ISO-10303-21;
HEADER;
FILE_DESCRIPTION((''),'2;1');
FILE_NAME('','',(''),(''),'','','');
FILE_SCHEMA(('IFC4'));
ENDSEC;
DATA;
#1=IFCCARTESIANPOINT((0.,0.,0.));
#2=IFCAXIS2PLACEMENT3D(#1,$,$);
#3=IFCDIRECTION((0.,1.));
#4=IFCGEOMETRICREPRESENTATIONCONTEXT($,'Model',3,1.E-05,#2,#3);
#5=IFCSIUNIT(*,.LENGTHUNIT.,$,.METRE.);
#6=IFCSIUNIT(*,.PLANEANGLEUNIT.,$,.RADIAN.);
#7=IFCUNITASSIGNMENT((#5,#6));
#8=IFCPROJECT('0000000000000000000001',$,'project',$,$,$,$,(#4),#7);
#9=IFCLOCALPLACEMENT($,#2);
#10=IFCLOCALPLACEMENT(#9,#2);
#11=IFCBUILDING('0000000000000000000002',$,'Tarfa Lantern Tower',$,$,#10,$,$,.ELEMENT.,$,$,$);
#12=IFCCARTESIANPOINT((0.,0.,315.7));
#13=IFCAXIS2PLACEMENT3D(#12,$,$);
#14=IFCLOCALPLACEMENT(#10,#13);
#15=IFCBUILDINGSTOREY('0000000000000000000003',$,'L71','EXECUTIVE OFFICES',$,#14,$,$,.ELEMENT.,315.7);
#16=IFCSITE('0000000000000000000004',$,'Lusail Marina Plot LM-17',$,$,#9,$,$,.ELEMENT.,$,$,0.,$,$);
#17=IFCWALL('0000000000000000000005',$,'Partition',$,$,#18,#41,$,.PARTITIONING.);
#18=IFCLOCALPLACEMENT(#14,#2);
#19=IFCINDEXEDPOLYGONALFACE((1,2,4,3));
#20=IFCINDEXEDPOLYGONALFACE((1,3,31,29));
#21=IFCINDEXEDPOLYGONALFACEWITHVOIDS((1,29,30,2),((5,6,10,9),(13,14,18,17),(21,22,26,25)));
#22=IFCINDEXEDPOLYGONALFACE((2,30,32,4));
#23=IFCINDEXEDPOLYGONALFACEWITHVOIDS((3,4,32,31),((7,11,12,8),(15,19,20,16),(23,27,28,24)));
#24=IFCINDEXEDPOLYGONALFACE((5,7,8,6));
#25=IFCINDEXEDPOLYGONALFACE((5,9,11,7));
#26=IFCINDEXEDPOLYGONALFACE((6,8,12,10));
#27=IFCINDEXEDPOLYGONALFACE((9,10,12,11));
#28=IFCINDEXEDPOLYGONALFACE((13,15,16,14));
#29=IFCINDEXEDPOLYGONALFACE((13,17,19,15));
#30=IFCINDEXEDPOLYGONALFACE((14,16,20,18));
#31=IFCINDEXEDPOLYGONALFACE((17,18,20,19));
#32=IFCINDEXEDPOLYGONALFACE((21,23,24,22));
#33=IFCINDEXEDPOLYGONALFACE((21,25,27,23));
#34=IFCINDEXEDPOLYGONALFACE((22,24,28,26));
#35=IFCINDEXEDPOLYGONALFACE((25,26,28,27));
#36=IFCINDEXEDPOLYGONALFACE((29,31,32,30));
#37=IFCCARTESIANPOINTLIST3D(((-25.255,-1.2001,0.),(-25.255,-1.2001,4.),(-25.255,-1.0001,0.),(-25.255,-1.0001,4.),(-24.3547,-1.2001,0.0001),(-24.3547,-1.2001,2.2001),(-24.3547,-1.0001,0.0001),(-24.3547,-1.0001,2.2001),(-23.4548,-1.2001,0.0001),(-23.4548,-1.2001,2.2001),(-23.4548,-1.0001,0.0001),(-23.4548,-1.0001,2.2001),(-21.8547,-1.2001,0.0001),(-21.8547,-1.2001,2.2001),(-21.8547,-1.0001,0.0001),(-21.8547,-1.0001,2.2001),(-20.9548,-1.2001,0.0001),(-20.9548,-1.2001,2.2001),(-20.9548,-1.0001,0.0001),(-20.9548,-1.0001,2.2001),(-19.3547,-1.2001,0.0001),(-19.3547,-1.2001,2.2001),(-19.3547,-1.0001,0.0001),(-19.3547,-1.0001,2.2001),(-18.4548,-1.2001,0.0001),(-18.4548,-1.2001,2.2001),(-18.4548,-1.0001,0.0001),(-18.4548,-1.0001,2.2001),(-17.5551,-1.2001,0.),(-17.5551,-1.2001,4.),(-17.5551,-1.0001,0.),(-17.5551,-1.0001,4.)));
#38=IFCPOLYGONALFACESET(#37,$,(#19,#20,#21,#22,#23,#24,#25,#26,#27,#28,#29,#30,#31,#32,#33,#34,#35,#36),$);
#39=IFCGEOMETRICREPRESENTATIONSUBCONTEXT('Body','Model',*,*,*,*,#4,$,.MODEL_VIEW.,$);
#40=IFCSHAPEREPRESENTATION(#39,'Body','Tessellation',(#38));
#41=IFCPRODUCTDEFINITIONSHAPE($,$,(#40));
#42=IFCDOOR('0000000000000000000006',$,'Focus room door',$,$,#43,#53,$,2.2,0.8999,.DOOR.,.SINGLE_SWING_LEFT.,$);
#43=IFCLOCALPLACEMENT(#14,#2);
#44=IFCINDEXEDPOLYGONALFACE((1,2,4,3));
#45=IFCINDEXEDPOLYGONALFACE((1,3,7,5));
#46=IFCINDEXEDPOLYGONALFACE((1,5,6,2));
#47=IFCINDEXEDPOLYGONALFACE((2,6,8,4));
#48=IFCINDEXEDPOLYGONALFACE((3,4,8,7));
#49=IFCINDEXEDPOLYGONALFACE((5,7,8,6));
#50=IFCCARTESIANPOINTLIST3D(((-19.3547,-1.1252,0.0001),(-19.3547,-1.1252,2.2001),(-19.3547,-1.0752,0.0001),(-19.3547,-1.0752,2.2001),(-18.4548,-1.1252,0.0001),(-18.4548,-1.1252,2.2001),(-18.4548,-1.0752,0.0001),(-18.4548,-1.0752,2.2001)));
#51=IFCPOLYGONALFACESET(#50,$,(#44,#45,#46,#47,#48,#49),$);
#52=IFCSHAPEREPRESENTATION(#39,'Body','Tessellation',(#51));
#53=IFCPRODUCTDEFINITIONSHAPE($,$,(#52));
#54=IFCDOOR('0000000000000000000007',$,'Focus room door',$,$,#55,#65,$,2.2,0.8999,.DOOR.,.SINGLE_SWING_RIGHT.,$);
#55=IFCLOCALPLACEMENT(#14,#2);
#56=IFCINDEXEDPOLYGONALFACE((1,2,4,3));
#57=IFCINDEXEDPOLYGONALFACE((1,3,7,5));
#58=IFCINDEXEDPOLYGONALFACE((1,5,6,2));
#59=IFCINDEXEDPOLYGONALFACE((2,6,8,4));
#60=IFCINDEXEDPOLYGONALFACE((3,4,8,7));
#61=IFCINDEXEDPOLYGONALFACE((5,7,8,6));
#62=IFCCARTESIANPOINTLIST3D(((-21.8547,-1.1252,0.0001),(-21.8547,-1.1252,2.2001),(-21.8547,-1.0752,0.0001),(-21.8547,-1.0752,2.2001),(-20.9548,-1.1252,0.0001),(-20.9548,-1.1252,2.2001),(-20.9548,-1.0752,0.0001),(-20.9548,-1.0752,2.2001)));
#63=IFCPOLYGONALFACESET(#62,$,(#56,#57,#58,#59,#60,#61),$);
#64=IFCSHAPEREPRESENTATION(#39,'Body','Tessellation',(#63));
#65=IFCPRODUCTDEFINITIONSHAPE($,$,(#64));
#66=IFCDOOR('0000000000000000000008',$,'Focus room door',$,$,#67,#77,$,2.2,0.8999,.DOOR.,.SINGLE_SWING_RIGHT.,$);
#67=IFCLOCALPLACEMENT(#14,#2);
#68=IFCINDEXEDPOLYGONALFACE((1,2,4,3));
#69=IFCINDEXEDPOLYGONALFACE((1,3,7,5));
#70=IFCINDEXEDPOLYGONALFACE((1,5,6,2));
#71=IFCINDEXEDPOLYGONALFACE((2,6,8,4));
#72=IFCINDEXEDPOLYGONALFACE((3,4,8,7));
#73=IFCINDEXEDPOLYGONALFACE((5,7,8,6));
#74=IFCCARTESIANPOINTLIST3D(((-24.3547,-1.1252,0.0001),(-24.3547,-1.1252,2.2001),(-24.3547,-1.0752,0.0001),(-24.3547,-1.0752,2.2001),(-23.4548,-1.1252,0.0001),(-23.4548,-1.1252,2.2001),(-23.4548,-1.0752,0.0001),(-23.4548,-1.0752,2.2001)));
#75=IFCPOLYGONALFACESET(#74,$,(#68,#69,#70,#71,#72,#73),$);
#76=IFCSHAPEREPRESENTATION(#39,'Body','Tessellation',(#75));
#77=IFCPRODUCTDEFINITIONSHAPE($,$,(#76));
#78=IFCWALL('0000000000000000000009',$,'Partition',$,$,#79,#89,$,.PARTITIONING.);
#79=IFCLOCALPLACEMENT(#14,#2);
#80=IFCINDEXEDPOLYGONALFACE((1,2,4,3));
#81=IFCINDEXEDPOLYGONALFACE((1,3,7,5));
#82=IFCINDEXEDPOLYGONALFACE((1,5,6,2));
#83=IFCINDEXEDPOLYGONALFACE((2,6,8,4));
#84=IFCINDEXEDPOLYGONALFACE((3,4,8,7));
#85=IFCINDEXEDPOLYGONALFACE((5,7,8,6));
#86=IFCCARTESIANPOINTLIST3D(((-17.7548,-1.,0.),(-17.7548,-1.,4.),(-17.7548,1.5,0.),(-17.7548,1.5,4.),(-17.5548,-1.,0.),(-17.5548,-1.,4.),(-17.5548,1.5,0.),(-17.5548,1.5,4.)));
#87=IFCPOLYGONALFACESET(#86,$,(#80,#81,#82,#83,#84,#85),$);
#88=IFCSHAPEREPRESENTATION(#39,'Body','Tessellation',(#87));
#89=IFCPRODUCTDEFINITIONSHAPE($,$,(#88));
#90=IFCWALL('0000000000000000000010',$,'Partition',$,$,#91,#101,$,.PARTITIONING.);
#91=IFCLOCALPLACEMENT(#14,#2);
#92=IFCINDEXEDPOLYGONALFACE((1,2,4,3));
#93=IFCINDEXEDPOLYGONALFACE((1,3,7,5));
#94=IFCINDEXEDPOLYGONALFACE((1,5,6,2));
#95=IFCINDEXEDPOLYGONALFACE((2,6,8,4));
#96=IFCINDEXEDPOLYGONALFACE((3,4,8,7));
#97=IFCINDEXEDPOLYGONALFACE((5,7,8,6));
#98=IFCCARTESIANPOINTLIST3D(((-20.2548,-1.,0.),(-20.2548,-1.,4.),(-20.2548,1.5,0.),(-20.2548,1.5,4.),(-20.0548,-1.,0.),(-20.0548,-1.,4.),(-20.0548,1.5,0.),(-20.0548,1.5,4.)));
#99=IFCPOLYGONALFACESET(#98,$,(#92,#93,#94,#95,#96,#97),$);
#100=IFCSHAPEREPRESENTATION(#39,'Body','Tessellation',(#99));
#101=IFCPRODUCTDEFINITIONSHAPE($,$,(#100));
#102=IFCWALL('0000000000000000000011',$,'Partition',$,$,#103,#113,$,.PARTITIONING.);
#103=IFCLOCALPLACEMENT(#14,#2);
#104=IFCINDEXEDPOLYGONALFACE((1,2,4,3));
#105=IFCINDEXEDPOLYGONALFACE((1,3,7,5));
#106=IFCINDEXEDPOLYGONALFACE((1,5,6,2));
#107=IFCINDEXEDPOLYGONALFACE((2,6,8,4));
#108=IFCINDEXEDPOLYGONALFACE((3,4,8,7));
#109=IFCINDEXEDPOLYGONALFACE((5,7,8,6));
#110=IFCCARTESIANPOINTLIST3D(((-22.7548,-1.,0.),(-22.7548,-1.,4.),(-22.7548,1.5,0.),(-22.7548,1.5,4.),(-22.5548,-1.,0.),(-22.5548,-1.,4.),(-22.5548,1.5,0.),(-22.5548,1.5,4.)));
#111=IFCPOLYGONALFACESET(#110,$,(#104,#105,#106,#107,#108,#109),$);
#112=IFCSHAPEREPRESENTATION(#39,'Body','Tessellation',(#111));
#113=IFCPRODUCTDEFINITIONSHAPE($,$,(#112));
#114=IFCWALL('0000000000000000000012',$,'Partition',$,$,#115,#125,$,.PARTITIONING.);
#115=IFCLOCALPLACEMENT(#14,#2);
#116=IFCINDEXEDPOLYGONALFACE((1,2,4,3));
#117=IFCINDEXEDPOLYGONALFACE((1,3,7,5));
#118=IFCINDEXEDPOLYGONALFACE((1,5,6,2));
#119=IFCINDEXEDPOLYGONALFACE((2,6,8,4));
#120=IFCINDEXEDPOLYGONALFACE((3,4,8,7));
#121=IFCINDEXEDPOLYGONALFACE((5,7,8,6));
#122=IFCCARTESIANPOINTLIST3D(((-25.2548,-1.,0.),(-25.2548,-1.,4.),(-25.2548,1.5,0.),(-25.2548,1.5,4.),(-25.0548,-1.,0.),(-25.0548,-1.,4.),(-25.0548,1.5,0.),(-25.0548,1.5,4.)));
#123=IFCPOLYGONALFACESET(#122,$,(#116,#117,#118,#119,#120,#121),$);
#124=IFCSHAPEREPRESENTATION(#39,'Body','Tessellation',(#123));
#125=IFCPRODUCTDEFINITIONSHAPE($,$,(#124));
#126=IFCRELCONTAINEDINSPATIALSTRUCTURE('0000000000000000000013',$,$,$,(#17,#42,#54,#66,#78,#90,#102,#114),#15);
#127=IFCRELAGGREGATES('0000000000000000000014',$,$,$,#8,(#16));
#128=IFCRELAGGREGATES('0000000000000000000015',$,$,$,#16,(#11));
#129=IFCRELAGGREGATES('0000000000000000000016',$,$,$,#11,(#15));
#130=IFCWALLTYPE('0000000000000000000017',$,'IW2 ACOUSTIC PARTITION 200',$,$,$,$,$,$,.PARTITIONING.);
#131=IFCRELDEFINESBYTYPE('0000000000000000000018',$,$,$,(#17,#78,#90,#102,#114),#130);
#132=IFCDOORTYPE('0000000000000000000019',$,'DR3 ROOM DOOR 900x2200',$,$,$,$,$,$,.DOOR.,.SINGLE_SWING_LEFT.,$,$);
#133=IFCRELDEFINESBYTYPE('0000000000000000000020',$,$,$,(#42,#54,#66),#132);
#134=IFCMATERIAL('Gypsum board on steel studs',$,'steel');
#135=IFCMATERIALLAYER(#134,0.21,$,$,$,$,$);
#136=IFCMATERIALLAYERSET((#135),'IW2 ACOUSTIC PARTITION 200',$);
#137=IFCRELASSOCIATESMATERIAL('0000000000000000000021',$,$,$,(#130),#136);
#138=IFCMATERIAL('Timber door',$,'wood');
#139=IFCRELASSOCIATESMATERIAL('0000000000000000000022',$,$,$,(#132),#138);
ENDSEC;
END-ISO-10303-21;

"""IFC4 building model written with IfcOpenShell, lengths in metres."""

from ifc_helpers import new_model, si_unit, direction, frame, frame_2d, origin, place, context, subcontext, project, spatial, rectangle, extrude, material, layer, layer_set, type_object, element, fill, save


model = new_model("IFC4")

# Units and contexts
model_context = context("Model", 3, precision=1e-05, world=origin(), true_north=direction((0.0, 1.0)))
body_context = subcontext(model_context, "Body", "Model", "MODEL_VIEW")
ifc_project = project(units=[si_unit("LENGTHUNIT", "METRE"), si_unit("PLANEANGLEUNIT", "RADIAN")], contexts=[model_context])

# Site, building, storey
site_placement = place(None, origin())
site = spatial("IfcSite", under=ifc_project, at=site_placement, Name="Lusail Marina Plot LM-17", CompositionType="ELEMENT", RefElevation=0.0)
building_placement = place(site_placement, origin())
building = spatial("IfcBuilding", under=site, at=building_placement, Name="Tarfa Lantern Tower", CompositionType="ELEMENT")
storey_placement = place(building_placement, frame((0.0, 0.0, 315.7)))
storey = spatial("IfcBuildingStorey", under=building, at=storey_placement, Name="L71", Description="EXECUTIVE OFFICES", CompositionType="ELEMENT", Elevation=315.7)

# Shared definitions
ifc_material_1 = material(Name="Gypsum board on steel studs", Category="steel")
ifc_layer_1 = layer(ifc_material_1, 0.21)
ifc_layer_set_1 = layer_set([ifc_layer_1], Name="IW2 ACOUSTIC PARTITION 200")
wall_type_1 = type_object("IfcWallType", Name="IW2 ACOUSTIC PARTITION 200", PredefinedType="PARTITIONING", material=ifc_layer_set_1)
ifc_material_2 = material(Name="Timber door", Category="wood")

# Wall, openings, doors
wall_1_placement = place(storey_placement, frame((-17.5549, -1.1001, 0.0), z_axis=(0.0, 0.0, 1.0), x_axis=(-1.0, 0.0, 0.0)))
wall_1 = element("IfcWall", 1, at=wall_1_placement, inside=storey, type_object=wall_type_1, Name="Partition", PredefinedType="PARTITIONING", context=body_context, shape_type="SweptSolid", body=[
    extrude(rectangle(XDim=7.7, YDim=0.2, at=frame_2d((3.8501, 0.0))), origin(), (0.0, 0.0, 1.0), 4.0),
])
opening_1_placement = place(wall_1_placement, frame((0.8999, 0.0, 0.0)))
opening_1 = element("IfcOpeningElement", 2, at=opening_1_placement, cuts=wall_1, PredefinedType="OPENING", context=body_context, shape_type="SweptSolid", body=[
    extrude(rectangle(XDim=0.8999, YDim=2.2, at=frame_2d((0.45, 1.1001))), frame((0.0, 0.1099, 0.0), z_axis=(0.0, -1.0, 0.0), x_axis=(1.0, 0.0, 0.0)), (0.0, 0.0, 1.0), 0.22),
])
opening_2_placement = place(wall_1_placement, frame((3.3999, 0.0, 0.0)))
opening_2 = element("IfcOpeningElement", 3, at=opening_2_placement, cuts=wall_1, PredefinedType="OPENING", context=body_context, shape_type="SweptSolid", body=[
    extrude(rectangle(XDim=0.8999, YDim=2.2, at=frame_2d((0.45, 1.1001))), frame((0.0, 0.1099, 0.0), z_axis=(0.0, -1.0, 0.0), x_axis=(1.0, 0.0, 0.0)), (0.0, 0.0, 1.0), 0.22),
])
opening_3_placement = place(wall_1_placement, frame((5.8999, 0.0, 0.0)))
opening_3 = element("IfcOpeningElement", 4, at=opening_3_placement, cuts=wall_1, PredefinedType="OPENING", context=body_context, shape_type="SweptSolid", body=[
    extrude(rectangle(XDim=0.8999, YDim=2.2, at=frame_2d((0.45, 1.1001))), frame((0.0, 0.1099, 0.0), z_axis=(0.0, -1.0, 0.0), x_axis=(1.0, 0.0, 0.0)), (0.0, 0.0, 1.0), 0.22),
])
door_type_1 = type_object("IfcDoorType", Name="DR3 ROOM DOOR 900x2200", OperationType="SINGLE_SWING_LEFT", PredefinedType="DOOR", material=ifc_material_2)
door_1_placement = place(opening_1_placement, frame((0.8999, 0.0, 0.0), z_axis=(0.0, 0.0, 1.0), x_axis=(-1.0, 0.0, 0.0)))
door_1 = element("IfcDoor", 5, at=door_1_placement, inside=storey, type_object=door_type_1, Name="Focus room door", OperationType="SINGLE_SWING_LEFT", OverallHeight=2.2, OverallWidth=0.8999, PredefinedType="DOOR", context=body_context, shape_type="SweptSolid", body=[
    extrude(rectangle(XDim=0.8999, YDim=2.2, at=frame_2d((0.45, 1.1001))), frame((0.0, 0.0249, 0.0), z_axis=(0.0, -1.0, 0.0), x_axis=(1.0, 0.0, 0.0)), (0.0, 0.0, 1.0), 0.05),
])
fill(opening_1, door_1)
door_2_placement = place(opening_2_placement, frame((0.8999, 0.0, 0.0), z_axis=(0.0, 0.0, 1.0), x_axis=(-1.0, 0.0, 0.0)))
door_2 = element("IfcDoor", 6, at=door_2_placement, inside=storey, type_object=door_type_1, Name="Focus room door", OperationType="SINGLE_SWING_RIGHT", OverallHeight=2.2, OverallWidth=0.8999, PredefinedType="DOOR", context=body_context, shape_type="SweptSolid", body=[
    extrude(rectangle(XDim=0.8999, YDim=2.2, at=frame_2d((0.45, 1.1001))), frame((0.0, 0.0249, 0.0), z_axis=(0.0, -1.0, 0.0), x_axis=(1.0, 0.0, 0.0)), (0.0, 0.0, 1.0), 0.05),
])
fill(opening_2, door_2)
door_3_placement = place(opening_3_placement, frame((0.8999, 0.0, 0.0), z_axis=(0.0, 0.0, 1.0), x_axis=(-1.0, 0.0, 0.0)))
door_3 = element("IfcDoor", 7, at=door_3_placement, inside=storey, type_object=door_type_1, Name="Focus room door", OperationType="SINGLE_SWING_RIGHT", OverallHeight=2.2, OverallWidth=0.8999, PredefinedType="DOOR", context=body_context, shape_type="SweptSolid", body=[
    extrude(rectangle(XDim=0.8999, YDim=2.2, at=frame_2d((0.45, 1.1001))), frame((0.0, 0.0249, 0.0), z_axis=(0.0, -1.0, 0.0), x_axis=(1.0, 0.0, 0.0)), (0.0, 0.0, 1.0), 0.05),
])
fill(opening_3, door_3)

# Walls
for number, where, z_axis, x_axis, name in (
    (8, (-17.6548, 1.5, 0.0), (0.0, 0.0, 1.0), (0.0, -1.0, 0.0), "Partition"),
    (9, (-20.1548, 1.5, 0.0), (0.0, 0.0, 1.0), (0.0, -1.0, 0.0), "Partition"),
    (10, (-22.6548, 1.5, 0.0), (0.0, 0.0, 1.0), (0.0, -1.0, 0.0), "Partition"),
    (11, (-25.1548, 1.5, 0.0), (0.0, 0.0, 1.0), (0.0, -1.0, 0.0), "Partition"),
):
    element("IfcWall", number, at=place(storey_placement, frame(where, z_axis=z_axis, x_axis=x_axis)), inside=storey, type_object=wall_type_1, Name=name, PredefinedType="PARTITIONING", context=body_context, shape_type="SweptSolid", body=[
        extrude(rectangle(XDim=2.5, YDim=0.2, at=frame_2d((1.25, 0.0))), origin(), (0.0, 0.0, 1.0), 4.0),
    ])

save(model, "model.ifc")
